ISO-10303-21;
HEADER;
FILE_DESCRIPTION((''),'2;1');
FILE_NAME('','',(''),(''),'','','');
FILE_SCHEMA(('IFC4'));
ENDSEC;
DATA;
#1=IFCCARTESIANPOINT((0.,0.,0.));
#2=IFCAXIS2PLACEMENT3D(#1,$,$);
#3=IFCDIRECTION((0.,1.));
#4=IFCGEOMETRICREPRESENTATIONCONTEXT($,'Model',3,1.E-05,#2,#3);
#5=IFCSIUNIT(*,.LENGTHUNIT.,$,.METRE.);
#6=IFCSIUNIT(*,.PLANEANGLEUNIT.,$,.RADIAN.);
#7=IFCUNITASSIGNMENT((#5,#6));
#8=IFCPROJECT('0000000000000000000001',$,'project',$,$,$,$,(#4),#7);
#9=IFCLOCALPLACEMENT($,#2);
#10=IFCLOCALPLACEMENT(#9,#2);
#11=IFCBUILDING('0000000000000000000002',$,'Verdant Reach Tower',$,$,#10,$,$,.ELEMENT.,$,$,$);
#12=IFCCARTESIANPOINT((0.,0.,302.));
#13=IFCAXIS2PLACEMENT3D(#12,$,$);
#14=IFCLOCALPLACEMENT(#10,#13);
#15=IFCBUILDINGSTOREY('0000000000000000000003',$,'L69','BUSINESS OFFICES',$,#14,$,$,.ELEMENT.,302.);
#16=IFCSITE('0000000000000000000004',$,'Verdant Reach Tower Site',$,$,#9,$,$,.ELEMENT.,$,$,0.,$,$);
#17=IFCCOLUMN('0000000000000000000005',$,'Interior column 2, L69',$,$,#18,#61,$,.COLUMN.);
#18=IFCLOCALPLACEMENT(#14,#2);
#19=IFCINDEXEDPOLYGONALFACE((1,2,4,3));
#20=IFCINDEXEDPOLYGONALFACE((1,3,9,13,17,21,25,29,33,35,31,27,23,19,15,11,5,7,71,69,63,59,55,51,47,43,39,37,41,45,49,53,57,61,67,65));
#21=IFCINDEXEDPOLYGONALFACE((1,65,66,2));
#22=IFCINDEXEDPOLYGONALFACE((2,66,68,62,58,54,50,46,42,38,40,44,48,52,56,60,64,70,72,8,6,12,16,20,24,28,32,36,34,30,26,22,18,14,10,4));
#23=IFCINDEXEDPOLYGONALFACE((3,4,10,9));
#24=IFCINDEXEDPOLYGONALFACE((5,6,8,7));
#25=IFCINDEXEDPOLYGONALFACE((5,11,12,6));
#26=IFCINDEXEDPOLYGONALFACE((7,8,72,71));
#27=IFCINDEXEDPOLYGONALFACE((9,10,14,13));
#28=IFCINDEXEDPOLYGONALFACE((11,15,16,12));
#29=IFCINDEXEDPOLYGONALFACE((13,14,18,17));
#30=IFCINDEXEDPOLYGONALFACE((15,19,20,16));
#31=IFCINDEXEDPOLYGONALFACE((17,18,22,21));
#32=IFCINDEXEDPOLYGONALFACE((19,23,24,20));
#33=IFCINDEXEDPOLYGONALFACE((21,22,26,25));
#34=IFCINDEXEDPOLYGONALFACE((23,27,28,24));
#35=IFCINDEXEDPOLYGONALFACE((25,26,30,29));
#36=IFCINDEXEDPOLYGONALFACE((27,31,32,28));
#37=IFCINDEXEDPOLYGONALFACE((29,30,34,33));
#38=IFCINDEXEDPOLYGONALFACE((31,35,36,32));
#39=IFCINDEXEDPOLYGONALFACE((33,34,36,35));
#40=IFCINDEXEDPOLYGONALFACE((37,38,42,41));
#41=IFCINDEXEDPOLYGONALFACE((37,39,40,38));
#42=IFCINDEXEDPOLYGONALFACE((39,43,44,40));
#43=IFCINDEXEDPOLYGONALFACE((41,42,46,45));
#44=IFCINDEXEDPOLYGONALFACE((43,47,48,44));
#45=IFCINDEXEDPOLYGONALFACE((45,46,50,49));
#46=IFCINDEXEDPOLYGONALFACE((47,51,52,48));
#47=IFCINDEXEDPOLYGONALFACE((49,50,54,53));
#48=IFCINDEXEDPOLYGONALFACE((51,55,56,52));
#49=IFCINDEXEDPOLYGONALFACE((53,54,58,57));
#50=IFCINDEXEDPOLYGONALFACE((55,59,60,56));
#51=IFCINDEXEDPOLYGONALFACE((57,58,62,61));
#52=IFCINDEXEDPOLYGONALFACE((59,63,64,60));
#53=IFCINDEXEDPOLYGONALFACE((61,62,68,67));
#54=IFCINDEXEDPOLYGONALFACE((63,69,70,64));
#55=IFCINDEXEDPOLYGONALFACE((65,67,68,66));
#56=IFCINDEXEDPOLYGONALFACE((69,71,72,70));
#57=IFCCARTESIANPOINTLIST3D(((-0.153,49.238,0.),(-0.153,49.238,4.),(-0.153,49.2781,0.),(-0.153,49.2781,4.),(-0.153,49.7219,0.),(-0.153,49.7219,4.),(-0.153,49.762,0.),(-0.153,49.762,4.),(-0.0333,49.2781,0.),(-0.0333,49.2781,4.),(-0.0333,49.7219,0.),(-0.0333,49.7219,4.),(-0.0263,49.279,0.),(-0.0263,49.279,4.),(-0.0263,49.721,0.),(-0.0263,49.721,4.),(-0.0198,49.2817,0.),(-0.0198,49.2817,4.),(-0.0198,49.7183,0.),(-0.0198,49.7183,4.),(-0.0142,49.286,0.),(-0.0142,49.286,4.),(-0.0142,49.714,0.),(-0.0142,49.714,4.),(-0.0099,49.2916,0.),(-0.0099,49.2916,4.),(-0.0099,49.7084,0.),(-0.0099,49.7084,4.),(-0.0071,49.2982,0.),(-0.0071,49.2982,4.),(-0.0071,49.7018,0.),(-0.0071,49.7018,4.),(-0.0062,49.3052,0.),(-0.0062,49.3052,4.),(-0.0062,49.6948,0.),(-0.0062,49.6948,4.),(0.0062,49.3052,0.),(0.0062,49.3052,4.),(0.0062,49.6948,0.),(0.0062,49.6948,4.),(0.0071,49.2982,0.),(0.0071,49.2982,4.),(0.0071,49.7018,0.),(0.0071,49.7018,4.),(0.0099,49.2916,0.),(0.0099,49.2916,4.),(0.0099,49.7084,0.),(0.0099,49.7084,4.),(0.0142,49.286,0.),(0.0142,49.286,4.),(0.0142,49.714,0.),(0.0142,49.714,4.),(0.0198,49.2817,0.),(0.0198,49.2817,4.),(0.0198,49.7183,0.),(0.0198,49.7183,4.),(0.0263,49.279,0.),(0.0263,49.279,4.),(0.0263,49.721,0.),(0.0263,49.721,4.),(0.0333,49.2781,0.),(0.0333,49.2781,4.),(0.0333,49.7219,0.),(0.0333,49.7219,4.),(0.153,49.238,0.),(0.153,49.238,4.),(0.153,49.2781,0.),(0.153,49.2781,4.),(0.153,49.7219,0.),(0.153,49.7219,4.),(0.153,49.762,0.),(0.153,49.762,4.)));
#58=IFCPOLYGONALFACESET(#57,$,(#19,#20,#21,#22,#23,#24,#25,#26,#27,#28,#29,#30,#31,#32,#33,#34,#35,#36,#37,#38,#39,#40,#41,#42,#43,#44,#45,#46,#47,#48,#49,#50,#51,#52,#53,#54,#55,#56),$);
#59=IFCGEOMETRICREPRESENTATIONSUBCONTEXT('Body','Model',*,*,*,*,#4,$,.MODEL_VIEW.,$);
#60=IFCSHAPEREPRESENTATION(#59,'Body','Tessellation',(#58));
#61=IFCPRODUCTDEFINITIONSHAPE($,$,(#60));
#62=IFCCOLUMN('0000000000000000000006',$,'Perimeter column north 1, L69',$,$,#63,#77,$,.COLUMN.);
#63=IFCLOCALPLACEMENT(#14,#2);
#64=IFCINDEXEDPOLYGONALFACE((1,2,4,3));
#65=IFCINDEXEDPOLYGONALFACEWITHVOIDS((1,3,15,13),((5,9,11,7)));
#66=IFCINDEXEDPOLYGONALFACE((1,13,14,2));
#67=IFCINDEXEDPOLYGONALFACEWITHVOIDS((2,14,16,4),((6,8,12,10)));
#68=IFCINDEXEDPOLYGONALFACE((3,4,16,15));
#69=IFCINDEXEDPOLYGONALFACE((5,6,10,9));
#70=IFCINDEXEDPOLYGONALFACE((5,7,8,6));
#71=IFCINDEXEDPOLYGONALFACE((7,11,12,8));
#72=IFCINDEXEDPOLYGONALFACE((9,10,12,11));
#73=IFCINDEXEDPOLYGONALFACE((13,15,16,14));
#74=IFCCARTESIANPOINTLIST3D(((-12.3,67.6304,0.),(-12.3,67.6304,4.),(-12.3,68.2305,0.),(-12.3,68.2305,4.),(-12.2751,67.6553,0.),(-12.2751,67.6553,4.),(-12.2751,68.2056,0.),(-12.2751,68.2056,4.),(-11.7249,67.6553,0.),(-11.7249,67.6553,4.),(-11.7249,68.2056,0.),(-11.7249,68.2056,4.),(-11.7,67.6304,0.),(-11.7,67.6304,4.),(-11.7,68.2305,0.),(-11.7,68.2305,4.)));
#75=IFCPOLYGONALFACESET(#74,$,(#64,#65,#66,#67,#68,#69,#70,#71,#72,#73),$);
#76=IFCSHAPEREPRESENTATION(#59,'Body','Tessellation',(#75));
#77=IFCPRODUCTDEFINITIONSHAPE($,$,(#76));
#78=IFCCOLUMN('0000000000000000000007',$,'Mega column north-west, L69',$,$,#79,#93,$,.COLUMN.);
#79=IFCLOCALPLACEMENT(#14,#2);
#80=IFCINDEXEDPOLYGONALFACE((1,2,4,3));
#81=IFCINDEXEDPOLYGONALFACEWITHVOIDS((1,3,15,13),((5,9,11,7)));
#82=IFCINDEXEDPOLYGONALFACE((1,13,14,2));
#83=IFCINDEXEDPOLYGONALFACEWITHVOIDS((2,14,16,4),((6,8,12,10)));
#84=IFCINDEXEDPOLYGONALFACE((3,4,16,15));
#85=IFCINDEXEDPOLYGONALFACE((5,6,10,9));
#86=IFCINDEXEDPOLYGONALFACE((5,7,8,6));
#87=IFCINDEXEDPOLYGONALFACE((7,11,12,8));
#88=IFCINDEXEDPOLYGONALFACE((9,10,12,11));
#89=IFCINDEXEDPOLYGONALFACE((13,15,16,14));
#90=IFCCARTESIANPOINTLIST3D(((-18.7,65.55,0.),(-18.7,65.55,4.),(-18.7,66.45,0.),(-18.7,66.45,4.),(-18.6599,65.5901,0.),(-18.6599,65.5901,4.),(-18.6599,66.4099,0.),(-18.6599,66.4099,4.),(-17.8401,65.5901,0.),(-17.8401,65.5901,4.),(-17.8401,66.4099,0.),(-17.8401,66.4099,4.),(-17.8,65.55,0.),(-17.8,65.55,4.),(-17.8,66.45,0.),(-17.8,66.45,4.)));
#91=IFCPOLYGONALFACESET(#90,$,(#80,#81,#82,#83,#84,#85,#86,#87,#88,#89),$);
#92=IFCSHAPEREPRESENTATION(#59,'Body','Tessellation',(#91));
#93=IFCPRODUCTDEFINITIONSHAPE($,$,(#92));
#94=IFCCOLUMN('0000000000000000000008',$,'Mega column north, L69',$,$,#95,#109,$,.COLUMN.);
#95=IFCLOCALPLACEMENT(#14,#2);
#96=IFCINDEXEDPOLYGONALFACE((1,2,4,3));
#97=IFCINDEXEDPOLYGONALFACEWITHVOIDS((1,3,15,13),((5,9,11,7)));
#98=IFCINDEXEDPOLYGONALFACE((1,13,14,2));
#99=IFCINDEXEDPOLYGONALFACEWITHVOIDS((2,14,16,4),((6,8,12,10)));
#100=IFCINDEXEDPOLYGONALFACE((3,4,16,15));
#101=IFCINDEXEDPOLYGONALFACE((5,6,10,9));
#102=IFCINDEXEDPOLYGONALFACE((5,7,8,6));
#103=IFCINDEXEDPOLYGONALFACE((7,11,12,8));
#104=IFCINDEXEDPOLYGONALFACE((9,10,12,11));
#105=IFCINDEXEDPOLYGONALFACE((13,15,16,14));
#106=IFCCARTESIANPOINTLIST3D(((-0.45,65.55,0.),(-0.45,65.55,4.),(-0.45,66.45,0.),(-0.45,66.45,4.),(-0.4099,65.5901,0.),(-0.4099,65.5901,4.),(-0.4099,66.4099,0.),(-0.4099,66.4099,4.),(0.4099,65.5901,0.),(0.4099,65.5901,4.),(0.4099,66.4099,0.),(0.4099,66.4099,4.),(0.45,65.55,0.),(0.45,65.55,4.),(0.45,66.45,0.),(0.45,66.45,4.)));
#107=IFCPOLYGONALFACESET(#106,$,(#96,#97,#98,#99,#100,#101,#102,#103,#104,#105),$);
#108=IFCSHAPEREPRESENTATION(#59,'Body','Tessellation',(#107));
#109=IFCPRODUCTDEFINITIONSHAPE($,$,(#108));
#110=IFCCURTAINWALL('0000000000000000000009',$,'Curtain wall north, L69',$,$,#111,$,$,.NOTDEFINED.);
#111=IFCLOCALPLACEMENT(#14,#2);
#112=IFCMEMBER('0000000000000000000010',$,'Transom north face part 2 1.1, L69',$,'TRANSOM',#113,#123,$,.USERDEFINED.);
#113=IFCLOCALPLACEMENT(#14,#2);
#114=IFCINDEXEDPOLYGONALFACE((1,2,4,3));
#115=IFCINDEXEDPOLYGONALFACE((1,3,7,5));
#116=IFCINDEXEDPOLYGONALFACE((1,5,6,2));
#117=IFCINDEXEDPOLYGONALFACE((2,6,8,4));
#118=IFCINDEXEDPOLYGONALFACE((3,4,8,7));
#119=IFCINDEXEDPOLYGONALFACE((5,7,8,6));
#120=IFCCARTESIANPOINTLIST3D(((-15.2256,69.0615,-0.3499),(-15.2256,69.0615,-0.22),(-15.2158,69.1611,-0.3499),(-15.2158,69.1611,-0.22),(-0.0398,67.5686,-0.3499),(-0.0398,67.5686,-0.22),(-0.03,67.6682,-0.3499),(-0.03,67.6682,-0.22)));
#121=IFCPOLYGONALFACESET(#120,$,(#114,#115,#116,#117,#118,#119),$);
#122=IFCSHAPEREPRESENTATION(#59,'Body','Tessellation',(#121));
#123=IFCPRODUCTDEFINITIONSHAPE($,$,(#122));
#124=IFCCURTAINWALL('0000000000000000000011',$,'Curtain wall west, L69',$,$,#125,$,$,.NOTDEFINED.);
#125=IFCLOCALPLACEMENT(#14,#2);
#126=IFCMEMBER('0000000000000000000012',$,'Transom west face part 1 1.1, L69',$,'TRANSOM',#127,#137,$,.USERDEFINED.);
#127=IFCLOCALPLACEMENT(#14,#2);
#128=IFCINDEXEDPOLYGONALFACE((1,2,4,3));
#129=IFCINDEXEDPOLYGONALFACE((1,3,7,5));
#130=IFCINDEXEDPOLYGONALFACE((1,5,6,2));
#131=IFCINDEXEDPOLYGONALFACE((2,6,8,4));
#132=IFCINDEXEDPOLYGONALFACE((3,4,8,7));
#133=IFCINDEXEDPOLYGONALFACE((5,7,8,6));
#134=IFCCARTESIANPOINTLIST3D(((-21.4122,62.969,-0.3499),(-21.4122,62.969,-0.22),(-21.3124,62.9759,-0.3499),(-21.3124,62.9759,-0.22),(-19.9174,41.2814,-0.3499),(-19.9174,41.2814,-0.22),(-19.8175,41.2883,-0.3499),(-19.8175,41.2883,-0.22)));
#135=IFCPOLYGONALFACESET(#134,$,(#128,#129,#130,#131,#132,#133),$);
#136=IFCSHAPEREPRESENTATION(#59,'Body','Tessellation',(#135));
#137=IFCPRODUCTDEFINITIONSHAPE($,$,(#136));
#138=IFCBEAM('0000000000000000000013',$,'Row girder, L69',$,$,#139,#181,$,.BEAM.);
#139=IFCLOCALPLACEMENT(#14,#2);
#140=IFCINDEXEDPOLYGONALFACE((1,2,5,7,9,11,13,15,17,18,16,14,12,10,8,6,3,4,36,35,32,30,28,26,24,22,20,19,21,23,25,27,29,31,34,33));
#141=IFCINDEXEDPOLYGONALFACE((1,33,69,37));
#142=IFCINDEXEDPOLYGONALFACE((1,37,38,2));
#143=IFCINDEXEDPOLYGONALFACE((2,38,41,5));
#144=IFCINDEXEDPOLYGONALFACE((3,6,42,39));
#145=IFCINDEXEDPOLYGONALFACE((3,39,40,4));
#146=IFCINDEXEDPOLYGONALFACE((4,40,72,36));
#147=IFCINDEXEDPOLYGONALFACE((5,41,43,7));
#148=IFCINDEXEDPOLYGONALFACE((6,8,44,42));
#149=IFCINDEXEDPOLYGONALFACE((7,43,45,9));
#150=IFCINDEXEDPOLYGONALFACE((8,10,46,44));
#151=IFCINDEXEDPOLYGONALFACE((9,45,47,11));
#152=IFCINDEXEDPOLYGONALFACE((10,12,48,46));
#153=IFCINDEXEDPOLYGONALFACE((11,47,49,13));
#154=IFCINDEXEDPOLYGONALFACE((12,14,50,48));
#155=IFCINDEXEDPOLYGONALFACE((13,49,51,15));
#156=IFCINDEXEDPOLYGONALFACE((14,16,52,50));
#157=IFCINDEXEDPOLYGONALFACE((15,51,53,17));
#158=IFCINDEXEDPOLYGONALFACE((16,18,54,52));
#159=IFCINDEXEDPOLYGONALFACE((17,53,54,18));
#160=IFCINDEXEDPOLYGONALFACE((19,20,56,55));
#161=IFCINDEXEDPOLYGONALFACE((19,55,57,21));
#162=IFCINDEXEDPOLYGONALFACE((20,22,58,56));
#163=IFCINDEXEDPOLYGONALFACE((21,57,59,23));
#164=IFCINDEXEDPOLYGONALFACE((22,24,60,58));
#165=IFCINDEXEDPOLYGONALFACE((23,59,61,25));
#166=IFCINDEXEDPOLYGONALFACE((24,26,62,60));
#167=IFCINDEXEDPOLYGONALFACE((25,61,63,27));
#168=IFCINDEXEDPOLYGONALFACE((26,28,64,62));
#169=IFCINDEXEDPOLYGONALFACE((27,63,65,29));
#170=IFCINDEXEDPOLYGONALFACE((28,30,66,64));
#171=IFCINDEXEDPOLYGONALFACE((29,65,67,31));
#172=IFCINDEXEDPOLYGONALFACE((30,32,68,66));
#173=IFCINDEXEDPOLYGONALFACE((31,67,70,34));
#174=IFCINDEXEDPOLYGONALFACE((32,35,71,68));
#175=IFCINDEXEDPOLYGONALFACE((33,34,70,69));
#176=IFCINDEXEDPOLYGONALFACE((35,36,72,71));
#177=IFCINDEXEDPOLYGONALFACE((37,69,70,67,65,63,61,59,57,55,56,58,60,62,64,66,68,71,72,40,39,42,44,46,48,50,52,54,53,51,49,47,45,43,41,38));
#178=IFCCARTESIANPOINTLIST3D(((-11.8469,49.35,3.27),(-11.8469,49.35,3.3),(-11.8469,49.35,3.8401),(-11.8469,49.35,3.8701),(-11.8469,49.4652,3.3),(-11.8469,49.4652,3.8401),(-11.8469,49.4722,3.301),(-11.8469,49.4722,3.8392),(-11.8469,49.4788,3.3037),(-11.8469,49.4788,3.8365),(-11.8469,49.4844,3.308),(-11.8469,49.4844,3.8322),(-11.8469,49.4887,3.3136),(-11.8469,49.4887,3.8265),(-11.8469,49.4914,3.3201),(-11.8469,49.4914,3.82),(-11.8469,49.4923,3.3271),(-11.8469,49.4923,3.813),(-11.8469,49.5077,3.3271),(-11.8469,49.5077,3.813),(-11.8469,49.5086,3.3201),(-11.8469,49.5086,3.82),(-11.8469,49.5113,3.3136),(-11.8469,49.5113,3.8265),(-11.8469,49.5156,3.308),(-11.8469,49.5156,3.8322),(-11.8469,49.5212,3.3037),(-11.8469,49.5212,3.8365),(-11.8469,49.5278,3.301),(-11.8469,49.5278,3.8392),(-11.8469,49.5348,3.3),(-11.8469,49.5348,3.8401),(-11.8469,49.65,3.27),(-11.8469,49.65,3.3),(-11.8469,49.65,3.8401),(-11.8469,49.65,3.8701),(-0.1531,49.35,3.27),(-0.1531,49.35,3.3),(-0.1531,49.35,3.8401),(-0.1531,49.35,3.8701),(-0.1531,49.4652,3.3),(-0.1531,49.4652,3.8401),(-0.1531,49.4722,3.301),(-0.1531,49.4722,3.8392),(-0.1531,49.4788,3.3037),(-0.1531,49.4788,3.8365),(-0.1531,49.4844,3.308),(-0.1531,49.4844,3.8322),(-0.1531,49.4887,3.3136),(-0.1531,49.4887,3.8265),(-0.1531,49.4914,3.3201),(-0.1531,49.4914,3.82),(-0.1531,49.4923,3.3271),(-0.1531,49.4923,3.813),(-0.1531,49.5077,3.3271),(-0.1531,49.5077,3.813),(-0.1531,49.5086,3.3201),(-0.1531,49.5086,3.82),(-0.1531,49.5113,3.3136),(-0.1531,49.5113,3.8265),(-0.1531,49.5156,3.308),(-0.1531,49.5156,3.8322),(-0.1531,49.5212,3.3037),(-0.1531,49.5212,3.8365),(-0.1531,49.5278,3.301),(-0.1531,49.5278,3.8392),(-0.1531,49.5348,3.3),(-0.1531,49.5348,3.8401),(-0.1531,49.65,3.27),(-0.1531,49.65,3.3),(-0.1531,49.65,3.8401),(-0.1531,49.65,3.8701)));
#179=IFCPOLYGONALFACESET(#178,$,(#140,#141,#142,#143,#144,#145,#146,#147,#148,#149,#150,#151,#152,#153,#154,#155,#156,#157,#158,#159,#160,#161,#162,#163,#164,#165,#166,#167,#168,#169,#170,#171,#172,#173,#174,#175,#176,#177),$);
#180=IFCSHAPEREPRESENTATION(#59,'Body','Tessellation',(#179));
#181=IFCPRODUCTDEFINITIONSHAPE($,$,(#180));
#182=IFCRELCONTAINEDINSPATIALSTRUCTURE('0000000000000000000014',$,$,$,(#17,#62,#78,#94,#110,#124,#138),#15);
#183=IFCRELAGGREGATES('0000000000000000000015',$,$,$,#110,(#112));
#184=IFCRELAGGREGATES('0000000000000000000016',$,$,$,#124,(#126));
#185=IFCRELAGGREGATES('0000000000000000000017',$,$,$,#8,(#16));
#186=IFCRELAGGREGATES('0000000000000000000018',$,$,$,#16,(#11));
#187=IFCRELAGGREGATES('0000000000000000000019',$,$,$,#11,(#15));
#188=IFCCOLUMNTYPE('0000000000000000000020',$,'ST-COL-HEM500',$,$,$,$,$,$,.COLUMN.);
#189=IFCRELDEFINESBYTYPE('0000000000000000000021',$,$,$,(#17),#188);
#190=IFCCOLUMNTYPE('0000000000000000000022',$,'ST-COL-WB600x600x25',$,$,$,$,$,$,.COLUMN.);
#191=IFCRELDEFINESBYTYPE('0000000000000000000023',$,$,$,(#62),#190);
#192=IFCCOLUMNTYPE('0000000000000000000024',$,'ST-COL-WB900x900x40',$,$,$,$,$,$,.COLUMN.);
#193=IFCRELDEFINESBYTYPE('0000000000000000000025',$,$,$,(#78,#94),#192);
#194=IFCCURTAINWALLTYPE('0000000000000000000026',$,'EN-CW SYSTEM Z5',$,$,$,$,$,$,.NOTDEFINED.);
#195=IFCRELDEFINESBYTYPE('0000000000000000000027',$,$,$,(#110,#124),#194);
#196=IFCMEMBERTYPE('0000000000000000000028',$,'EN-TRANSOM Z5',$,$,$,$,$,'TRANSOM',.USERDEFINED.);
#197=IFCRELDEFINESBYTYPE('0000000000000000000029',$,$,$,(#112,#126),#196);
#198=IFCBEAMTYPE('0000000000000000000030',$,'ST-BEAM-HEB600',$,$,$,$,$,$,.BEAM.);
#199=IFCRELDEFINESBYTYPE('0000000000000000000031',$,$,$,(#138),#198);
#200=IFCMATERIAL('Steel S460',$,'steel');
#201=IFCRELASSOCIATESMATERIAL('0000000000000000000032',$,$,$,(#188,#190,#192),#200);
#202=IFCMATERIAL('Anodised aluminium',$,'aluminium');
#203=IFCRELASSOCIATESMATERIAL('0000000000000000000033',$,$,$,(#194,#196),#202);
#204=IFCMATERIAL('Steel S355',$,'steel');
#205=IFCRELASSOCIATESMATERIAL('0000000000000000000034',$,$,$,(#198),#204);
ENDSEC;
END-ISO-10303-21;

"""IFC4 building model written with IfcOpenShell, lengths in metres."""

from ifc_helpers import new_model, si_unit, direction, frame, origin, origin_2d, place, context, subcontext, project, spatial, rectangle, hollow_rectangle, i_section, extrude, material, material_profile, profile_set, type_object, element, aggregate, save


model = new_model("IFC4")

# Units and contexts
model_context = context("Model", 3, precision=1e-05, world=origin(), true_north=direction((0.0, 1.0)))
body_context = subcontext(model_context, "Body", "Model", "MODEL_VIEW")
ifc_project = project(units=[si_unit("LENGTHUNIT", "METRE"), si_unit("PLANEANGLEUNIT", "RADIAN")], contexts=[model_context])

# Site, building, storey
site_placement = place(None, origin())
site = spatial("IfcSite", under=ifc_project, at=site_placement, Name="Verdant Reach Tower Site", CompositionType="ELEMENT", RefElevation=0.0)
building_placement = place(site_placement, origin())
building = spatial("IfcBuilding", under=site, at=building_placement, Name="Verdant Reach Tower", CompositionType="ELEMENT")
storey_placement = place(building_placement, frame((0.0, 0.0, 302.0)))
storey = spatial("IfcBuildingStorey", under=building, at=storey_placement, Name="L69", Description="BUSINESS OFFICES", CompositionType="ELEMENT", Elevation=302.0)

# Columns
ifc_material_1 = material(Name="Steel S460", Category="steel")
ifc_material_profile_1 = material_profile(ifc_material_1, i_section(OverallWidth=0.3059, OverallDepth=0.5239, WebThickness=0.0125, FlangeThickness=0.04, FilletRadius=0.0271, at=origin_2d()), Name="HEM 500")
ifc_profile_set_1 = profile_set([ifc_material_profile_1], Name="Steel S460")
column_type_1 = type_object("IfcColumnType", Name="ST-COL-HEM500", PredefinedType="COLUMN", material=ifc_profile_set_1)
column_1_placement = place(storey_placement, frame((0.0, 49.5, 0.0), z_axis=(0.0, 0.0, 1.0), x_axis=(1.0, 0.0, 0.0)))
element("IfcColumn", 1, at=column_1_placement, inside=storey, type_object=column_type_1, Name="Interior column 2, L69", PredefinedType="COLUMN", context=body_context, shape_type="SweptSolid", body=[
    extrude(i_section(OverallWidth=0.3059, OverallDepth=0.5239, WebThickness=0.0125, FlangeThickness=0.04, FilletRadius=0.0271, at=origin_2d()), origin(), (0.0, 0.0, 1.0), 4.0),
])
ifc_material_profile_2 = material_profile(ifc_material_1, hollow_rectangle(XDim=0.6001, YDim=0.6001, WallThickness=0.0249, at=origin_2d()), Name="WB 600x600x25")
ifc_profile_set_2 = profile_set([ifc_material_profile_2], Name="Steel S460")
column_type_2 = type_object("IfcColumnType", Name="ST-COL-WB600x600x25", PredefinedType="COLUMN", material=ifc_profile_set_2)
column_2_placement = place(storey_placement, frame((-12.0, 67.9304, 0.0), z_axis=(0.0, 0.0, 1.0), x_axis=(1.0, 0.0, 0.0)))
element("IfcColumn", 2, at=column_2_placement, inside=storey, type_object=column_type_2, Name="Perimeter column north 1, L69", PredefinedType="COLUMN", context=body_context, shape_type="SweptSolid", body=[
    extrude(hollow_rectangle(XDim=0.6001, YDim=0.6001, WallThickness=0.0249, at=origin_2d()), origin(), (0.0, 0.0, 1.0), 4.0),
])
ifc_material_profile_3 = material_profile(ifc_material_1, hollow_rectangle(XDim=0.8999, YDim=0.8999, WallThickness=0.04, at=origin_2d()), Name="WB 900x900x40")
ifc_profile_set_3 = profile_set([ifc_material_profile_3], Name="Steel S460")
column_type_3 = type_object("IfcColumnType", Name="ST-COL-WB900x900x40", PredefinedType="COLUMN", material=ifc_profile_set_3)
for number, where, z_axis, x_axis, name in (
    (3, (-18.25, 66.0, 0.0), (0.0, 0.0, 1.0), (1.0, 0.0, 0.0), "Mega column north-west, L69"),
    (4, (0.0, 66.0, 0.0), (0.0, 0.0, 1.0), (1.0, 0.0, 0.0), "Mega column north, L69"),
):
    element("IfcColumn", number, at=place(storey_placement, frame(where, z_axis=z_axis, x_axis=x_axis)), inside=storey, type_object=column_type_3, Name=name, PredefinedType="COLUMN", context=body_context, shape_type="SweptSolid", body=[
        extrude(hollow_rectangle(XDim=0.8999, YDim=0.8999, WallThickness=0.04, at=origin_2d()), origin(), (0.0, 0.0, 1.0), 4.0),
    ])

# Curtain walls, members
ifc_material_2 = material(Name="Anodised aluminium", Category="aluminium")
curtain_wall_type = type_object("IfcCurtainWallType", Name="EN-CW SYSTEM Z5", PredefinedType="NOTDEFINED", material=ifc_material_2)
curtain_wall_1_placement = place(storey_placement, origin())
curtain_wall_1 = element("IfcCurtainWall", 5, at=curtain_wall_1_placement, inside=storey, type_object=curtain_wall_type, Name="Curtain wall north, L69", PredefinedType="NOTDEFINED")
ifc_material_profile_4 = material_profile(ifc_material_2, rectangle(XDim=0.1001, YDim=0.1299, at=origin_2d()), Name="Transom 130x100")
ifc_profile_set_4 = profile_set([ifc_material_profile_4], Name="Anodised aluminium")
member_type = type_object("IfcMemberType", Name="EN-TRANSOM Z5", ElementType="TRANSOM", PredefinedType="USERDEFINED", material=ifc_profile_set_4)
member_1_placement = place(storey_placement, frame((-0.0349, 67.6184, -0.2849), z_axis=(-0.995202, 0.097839, 0.0), x_axis=(-0.097839, -0.995202, 0.0)))
member_1 = element("IfcMember", 6, at=member_1_placement, type_object=member_type, Name="Transom north face part 2 1.1, L69", ObjectType="TRANSOM", PredefinedType="USERDEFINED", context=body_context, shape_type="SweptSolid", body=[
    extrude(rectangle(XDim=0.1001, YDim=0.1299, at=origin_2d()), origin(), (0.0, 0.0, 1.0), 15.259),
])
curtain_wall_2_placement = place(storey_placement, origin())
curtain_wall_2 = element("IfcCurtainWall", 7, at=curtain_wall_2_placement, inside=storey, type_object=curtain_wall_type, Name="Curtain wall west, L69", PredefinedType="NOTDEFINED")
member_2_placement = place(storey_placement, frame((-21.3623, 62.9724, -0.2849), z_axis=(0.068765, -0.997633, 0.0), x_axis=(0.997633, 0.068765, 0.0)))
member_2 = element("IfcMember", 8, at=member_2_placement, type_object=member_type, Name="Transom west face part 1 1.1, L69", ObjectType="TRANSOM", PredefinedType="USERDEFINED", context=body_context, shape_type="SweptSolid", body=[
    extrude(rectangle(XDim=0.1001, YDim=0.1299, at=origin_2d()), origin(), (0.0, 0.0, 1.0), 21.739),
])

# Beam
ifc_material_3 = material(Name="Steel S355", Category="steel")
ifc_material_profile_5 = material_profile(ifc_material_3, i_section(OverallWidth=0.3, OverallDepth=0.6001, WebThickness=0.0154, FlangeThickness=0.03, FilletRadius=0.0271, at=origin_2d()), Name="HEB 600")
ifc_profile_set_5 = profile_set([ifc_material_profile_5], Name="Steel S355")
beam_type_1 = type_object("IfcBeamType", Name="ST-BEAM-HEB600", PredefinedType="BEAM", material=ifc_profile_set_5)
beam_1_placement = place(storey_placement, frame((-11.8469, 49.5, 3.5701), z_axis=(1.0, 0.0, 0.0), x_axis=(0.0, 1.0, 0.0)))
element("IfcBeam", 9, at=beam_1_placement, inside=storey, type_object=beam_type_1, Name="Row girder, L69", PredefinedType="BEAM", context=body_context, shape_type="SweptSolid", body=[
    extrude(i_section(OverallWidth=0.3, OverallDepth=0.6001, WebThickness=0.0154, FlangeThickness=0.03, FilletRadius=0.0271, at=origin_2d()), origin(), (0.0, 0.0, 1.0), 11.6938),
])

aggregate(curtain_wall_1, [member_1])
aggregate(curtain_wall_2, [member_2])

save(model, "model.ifc")
